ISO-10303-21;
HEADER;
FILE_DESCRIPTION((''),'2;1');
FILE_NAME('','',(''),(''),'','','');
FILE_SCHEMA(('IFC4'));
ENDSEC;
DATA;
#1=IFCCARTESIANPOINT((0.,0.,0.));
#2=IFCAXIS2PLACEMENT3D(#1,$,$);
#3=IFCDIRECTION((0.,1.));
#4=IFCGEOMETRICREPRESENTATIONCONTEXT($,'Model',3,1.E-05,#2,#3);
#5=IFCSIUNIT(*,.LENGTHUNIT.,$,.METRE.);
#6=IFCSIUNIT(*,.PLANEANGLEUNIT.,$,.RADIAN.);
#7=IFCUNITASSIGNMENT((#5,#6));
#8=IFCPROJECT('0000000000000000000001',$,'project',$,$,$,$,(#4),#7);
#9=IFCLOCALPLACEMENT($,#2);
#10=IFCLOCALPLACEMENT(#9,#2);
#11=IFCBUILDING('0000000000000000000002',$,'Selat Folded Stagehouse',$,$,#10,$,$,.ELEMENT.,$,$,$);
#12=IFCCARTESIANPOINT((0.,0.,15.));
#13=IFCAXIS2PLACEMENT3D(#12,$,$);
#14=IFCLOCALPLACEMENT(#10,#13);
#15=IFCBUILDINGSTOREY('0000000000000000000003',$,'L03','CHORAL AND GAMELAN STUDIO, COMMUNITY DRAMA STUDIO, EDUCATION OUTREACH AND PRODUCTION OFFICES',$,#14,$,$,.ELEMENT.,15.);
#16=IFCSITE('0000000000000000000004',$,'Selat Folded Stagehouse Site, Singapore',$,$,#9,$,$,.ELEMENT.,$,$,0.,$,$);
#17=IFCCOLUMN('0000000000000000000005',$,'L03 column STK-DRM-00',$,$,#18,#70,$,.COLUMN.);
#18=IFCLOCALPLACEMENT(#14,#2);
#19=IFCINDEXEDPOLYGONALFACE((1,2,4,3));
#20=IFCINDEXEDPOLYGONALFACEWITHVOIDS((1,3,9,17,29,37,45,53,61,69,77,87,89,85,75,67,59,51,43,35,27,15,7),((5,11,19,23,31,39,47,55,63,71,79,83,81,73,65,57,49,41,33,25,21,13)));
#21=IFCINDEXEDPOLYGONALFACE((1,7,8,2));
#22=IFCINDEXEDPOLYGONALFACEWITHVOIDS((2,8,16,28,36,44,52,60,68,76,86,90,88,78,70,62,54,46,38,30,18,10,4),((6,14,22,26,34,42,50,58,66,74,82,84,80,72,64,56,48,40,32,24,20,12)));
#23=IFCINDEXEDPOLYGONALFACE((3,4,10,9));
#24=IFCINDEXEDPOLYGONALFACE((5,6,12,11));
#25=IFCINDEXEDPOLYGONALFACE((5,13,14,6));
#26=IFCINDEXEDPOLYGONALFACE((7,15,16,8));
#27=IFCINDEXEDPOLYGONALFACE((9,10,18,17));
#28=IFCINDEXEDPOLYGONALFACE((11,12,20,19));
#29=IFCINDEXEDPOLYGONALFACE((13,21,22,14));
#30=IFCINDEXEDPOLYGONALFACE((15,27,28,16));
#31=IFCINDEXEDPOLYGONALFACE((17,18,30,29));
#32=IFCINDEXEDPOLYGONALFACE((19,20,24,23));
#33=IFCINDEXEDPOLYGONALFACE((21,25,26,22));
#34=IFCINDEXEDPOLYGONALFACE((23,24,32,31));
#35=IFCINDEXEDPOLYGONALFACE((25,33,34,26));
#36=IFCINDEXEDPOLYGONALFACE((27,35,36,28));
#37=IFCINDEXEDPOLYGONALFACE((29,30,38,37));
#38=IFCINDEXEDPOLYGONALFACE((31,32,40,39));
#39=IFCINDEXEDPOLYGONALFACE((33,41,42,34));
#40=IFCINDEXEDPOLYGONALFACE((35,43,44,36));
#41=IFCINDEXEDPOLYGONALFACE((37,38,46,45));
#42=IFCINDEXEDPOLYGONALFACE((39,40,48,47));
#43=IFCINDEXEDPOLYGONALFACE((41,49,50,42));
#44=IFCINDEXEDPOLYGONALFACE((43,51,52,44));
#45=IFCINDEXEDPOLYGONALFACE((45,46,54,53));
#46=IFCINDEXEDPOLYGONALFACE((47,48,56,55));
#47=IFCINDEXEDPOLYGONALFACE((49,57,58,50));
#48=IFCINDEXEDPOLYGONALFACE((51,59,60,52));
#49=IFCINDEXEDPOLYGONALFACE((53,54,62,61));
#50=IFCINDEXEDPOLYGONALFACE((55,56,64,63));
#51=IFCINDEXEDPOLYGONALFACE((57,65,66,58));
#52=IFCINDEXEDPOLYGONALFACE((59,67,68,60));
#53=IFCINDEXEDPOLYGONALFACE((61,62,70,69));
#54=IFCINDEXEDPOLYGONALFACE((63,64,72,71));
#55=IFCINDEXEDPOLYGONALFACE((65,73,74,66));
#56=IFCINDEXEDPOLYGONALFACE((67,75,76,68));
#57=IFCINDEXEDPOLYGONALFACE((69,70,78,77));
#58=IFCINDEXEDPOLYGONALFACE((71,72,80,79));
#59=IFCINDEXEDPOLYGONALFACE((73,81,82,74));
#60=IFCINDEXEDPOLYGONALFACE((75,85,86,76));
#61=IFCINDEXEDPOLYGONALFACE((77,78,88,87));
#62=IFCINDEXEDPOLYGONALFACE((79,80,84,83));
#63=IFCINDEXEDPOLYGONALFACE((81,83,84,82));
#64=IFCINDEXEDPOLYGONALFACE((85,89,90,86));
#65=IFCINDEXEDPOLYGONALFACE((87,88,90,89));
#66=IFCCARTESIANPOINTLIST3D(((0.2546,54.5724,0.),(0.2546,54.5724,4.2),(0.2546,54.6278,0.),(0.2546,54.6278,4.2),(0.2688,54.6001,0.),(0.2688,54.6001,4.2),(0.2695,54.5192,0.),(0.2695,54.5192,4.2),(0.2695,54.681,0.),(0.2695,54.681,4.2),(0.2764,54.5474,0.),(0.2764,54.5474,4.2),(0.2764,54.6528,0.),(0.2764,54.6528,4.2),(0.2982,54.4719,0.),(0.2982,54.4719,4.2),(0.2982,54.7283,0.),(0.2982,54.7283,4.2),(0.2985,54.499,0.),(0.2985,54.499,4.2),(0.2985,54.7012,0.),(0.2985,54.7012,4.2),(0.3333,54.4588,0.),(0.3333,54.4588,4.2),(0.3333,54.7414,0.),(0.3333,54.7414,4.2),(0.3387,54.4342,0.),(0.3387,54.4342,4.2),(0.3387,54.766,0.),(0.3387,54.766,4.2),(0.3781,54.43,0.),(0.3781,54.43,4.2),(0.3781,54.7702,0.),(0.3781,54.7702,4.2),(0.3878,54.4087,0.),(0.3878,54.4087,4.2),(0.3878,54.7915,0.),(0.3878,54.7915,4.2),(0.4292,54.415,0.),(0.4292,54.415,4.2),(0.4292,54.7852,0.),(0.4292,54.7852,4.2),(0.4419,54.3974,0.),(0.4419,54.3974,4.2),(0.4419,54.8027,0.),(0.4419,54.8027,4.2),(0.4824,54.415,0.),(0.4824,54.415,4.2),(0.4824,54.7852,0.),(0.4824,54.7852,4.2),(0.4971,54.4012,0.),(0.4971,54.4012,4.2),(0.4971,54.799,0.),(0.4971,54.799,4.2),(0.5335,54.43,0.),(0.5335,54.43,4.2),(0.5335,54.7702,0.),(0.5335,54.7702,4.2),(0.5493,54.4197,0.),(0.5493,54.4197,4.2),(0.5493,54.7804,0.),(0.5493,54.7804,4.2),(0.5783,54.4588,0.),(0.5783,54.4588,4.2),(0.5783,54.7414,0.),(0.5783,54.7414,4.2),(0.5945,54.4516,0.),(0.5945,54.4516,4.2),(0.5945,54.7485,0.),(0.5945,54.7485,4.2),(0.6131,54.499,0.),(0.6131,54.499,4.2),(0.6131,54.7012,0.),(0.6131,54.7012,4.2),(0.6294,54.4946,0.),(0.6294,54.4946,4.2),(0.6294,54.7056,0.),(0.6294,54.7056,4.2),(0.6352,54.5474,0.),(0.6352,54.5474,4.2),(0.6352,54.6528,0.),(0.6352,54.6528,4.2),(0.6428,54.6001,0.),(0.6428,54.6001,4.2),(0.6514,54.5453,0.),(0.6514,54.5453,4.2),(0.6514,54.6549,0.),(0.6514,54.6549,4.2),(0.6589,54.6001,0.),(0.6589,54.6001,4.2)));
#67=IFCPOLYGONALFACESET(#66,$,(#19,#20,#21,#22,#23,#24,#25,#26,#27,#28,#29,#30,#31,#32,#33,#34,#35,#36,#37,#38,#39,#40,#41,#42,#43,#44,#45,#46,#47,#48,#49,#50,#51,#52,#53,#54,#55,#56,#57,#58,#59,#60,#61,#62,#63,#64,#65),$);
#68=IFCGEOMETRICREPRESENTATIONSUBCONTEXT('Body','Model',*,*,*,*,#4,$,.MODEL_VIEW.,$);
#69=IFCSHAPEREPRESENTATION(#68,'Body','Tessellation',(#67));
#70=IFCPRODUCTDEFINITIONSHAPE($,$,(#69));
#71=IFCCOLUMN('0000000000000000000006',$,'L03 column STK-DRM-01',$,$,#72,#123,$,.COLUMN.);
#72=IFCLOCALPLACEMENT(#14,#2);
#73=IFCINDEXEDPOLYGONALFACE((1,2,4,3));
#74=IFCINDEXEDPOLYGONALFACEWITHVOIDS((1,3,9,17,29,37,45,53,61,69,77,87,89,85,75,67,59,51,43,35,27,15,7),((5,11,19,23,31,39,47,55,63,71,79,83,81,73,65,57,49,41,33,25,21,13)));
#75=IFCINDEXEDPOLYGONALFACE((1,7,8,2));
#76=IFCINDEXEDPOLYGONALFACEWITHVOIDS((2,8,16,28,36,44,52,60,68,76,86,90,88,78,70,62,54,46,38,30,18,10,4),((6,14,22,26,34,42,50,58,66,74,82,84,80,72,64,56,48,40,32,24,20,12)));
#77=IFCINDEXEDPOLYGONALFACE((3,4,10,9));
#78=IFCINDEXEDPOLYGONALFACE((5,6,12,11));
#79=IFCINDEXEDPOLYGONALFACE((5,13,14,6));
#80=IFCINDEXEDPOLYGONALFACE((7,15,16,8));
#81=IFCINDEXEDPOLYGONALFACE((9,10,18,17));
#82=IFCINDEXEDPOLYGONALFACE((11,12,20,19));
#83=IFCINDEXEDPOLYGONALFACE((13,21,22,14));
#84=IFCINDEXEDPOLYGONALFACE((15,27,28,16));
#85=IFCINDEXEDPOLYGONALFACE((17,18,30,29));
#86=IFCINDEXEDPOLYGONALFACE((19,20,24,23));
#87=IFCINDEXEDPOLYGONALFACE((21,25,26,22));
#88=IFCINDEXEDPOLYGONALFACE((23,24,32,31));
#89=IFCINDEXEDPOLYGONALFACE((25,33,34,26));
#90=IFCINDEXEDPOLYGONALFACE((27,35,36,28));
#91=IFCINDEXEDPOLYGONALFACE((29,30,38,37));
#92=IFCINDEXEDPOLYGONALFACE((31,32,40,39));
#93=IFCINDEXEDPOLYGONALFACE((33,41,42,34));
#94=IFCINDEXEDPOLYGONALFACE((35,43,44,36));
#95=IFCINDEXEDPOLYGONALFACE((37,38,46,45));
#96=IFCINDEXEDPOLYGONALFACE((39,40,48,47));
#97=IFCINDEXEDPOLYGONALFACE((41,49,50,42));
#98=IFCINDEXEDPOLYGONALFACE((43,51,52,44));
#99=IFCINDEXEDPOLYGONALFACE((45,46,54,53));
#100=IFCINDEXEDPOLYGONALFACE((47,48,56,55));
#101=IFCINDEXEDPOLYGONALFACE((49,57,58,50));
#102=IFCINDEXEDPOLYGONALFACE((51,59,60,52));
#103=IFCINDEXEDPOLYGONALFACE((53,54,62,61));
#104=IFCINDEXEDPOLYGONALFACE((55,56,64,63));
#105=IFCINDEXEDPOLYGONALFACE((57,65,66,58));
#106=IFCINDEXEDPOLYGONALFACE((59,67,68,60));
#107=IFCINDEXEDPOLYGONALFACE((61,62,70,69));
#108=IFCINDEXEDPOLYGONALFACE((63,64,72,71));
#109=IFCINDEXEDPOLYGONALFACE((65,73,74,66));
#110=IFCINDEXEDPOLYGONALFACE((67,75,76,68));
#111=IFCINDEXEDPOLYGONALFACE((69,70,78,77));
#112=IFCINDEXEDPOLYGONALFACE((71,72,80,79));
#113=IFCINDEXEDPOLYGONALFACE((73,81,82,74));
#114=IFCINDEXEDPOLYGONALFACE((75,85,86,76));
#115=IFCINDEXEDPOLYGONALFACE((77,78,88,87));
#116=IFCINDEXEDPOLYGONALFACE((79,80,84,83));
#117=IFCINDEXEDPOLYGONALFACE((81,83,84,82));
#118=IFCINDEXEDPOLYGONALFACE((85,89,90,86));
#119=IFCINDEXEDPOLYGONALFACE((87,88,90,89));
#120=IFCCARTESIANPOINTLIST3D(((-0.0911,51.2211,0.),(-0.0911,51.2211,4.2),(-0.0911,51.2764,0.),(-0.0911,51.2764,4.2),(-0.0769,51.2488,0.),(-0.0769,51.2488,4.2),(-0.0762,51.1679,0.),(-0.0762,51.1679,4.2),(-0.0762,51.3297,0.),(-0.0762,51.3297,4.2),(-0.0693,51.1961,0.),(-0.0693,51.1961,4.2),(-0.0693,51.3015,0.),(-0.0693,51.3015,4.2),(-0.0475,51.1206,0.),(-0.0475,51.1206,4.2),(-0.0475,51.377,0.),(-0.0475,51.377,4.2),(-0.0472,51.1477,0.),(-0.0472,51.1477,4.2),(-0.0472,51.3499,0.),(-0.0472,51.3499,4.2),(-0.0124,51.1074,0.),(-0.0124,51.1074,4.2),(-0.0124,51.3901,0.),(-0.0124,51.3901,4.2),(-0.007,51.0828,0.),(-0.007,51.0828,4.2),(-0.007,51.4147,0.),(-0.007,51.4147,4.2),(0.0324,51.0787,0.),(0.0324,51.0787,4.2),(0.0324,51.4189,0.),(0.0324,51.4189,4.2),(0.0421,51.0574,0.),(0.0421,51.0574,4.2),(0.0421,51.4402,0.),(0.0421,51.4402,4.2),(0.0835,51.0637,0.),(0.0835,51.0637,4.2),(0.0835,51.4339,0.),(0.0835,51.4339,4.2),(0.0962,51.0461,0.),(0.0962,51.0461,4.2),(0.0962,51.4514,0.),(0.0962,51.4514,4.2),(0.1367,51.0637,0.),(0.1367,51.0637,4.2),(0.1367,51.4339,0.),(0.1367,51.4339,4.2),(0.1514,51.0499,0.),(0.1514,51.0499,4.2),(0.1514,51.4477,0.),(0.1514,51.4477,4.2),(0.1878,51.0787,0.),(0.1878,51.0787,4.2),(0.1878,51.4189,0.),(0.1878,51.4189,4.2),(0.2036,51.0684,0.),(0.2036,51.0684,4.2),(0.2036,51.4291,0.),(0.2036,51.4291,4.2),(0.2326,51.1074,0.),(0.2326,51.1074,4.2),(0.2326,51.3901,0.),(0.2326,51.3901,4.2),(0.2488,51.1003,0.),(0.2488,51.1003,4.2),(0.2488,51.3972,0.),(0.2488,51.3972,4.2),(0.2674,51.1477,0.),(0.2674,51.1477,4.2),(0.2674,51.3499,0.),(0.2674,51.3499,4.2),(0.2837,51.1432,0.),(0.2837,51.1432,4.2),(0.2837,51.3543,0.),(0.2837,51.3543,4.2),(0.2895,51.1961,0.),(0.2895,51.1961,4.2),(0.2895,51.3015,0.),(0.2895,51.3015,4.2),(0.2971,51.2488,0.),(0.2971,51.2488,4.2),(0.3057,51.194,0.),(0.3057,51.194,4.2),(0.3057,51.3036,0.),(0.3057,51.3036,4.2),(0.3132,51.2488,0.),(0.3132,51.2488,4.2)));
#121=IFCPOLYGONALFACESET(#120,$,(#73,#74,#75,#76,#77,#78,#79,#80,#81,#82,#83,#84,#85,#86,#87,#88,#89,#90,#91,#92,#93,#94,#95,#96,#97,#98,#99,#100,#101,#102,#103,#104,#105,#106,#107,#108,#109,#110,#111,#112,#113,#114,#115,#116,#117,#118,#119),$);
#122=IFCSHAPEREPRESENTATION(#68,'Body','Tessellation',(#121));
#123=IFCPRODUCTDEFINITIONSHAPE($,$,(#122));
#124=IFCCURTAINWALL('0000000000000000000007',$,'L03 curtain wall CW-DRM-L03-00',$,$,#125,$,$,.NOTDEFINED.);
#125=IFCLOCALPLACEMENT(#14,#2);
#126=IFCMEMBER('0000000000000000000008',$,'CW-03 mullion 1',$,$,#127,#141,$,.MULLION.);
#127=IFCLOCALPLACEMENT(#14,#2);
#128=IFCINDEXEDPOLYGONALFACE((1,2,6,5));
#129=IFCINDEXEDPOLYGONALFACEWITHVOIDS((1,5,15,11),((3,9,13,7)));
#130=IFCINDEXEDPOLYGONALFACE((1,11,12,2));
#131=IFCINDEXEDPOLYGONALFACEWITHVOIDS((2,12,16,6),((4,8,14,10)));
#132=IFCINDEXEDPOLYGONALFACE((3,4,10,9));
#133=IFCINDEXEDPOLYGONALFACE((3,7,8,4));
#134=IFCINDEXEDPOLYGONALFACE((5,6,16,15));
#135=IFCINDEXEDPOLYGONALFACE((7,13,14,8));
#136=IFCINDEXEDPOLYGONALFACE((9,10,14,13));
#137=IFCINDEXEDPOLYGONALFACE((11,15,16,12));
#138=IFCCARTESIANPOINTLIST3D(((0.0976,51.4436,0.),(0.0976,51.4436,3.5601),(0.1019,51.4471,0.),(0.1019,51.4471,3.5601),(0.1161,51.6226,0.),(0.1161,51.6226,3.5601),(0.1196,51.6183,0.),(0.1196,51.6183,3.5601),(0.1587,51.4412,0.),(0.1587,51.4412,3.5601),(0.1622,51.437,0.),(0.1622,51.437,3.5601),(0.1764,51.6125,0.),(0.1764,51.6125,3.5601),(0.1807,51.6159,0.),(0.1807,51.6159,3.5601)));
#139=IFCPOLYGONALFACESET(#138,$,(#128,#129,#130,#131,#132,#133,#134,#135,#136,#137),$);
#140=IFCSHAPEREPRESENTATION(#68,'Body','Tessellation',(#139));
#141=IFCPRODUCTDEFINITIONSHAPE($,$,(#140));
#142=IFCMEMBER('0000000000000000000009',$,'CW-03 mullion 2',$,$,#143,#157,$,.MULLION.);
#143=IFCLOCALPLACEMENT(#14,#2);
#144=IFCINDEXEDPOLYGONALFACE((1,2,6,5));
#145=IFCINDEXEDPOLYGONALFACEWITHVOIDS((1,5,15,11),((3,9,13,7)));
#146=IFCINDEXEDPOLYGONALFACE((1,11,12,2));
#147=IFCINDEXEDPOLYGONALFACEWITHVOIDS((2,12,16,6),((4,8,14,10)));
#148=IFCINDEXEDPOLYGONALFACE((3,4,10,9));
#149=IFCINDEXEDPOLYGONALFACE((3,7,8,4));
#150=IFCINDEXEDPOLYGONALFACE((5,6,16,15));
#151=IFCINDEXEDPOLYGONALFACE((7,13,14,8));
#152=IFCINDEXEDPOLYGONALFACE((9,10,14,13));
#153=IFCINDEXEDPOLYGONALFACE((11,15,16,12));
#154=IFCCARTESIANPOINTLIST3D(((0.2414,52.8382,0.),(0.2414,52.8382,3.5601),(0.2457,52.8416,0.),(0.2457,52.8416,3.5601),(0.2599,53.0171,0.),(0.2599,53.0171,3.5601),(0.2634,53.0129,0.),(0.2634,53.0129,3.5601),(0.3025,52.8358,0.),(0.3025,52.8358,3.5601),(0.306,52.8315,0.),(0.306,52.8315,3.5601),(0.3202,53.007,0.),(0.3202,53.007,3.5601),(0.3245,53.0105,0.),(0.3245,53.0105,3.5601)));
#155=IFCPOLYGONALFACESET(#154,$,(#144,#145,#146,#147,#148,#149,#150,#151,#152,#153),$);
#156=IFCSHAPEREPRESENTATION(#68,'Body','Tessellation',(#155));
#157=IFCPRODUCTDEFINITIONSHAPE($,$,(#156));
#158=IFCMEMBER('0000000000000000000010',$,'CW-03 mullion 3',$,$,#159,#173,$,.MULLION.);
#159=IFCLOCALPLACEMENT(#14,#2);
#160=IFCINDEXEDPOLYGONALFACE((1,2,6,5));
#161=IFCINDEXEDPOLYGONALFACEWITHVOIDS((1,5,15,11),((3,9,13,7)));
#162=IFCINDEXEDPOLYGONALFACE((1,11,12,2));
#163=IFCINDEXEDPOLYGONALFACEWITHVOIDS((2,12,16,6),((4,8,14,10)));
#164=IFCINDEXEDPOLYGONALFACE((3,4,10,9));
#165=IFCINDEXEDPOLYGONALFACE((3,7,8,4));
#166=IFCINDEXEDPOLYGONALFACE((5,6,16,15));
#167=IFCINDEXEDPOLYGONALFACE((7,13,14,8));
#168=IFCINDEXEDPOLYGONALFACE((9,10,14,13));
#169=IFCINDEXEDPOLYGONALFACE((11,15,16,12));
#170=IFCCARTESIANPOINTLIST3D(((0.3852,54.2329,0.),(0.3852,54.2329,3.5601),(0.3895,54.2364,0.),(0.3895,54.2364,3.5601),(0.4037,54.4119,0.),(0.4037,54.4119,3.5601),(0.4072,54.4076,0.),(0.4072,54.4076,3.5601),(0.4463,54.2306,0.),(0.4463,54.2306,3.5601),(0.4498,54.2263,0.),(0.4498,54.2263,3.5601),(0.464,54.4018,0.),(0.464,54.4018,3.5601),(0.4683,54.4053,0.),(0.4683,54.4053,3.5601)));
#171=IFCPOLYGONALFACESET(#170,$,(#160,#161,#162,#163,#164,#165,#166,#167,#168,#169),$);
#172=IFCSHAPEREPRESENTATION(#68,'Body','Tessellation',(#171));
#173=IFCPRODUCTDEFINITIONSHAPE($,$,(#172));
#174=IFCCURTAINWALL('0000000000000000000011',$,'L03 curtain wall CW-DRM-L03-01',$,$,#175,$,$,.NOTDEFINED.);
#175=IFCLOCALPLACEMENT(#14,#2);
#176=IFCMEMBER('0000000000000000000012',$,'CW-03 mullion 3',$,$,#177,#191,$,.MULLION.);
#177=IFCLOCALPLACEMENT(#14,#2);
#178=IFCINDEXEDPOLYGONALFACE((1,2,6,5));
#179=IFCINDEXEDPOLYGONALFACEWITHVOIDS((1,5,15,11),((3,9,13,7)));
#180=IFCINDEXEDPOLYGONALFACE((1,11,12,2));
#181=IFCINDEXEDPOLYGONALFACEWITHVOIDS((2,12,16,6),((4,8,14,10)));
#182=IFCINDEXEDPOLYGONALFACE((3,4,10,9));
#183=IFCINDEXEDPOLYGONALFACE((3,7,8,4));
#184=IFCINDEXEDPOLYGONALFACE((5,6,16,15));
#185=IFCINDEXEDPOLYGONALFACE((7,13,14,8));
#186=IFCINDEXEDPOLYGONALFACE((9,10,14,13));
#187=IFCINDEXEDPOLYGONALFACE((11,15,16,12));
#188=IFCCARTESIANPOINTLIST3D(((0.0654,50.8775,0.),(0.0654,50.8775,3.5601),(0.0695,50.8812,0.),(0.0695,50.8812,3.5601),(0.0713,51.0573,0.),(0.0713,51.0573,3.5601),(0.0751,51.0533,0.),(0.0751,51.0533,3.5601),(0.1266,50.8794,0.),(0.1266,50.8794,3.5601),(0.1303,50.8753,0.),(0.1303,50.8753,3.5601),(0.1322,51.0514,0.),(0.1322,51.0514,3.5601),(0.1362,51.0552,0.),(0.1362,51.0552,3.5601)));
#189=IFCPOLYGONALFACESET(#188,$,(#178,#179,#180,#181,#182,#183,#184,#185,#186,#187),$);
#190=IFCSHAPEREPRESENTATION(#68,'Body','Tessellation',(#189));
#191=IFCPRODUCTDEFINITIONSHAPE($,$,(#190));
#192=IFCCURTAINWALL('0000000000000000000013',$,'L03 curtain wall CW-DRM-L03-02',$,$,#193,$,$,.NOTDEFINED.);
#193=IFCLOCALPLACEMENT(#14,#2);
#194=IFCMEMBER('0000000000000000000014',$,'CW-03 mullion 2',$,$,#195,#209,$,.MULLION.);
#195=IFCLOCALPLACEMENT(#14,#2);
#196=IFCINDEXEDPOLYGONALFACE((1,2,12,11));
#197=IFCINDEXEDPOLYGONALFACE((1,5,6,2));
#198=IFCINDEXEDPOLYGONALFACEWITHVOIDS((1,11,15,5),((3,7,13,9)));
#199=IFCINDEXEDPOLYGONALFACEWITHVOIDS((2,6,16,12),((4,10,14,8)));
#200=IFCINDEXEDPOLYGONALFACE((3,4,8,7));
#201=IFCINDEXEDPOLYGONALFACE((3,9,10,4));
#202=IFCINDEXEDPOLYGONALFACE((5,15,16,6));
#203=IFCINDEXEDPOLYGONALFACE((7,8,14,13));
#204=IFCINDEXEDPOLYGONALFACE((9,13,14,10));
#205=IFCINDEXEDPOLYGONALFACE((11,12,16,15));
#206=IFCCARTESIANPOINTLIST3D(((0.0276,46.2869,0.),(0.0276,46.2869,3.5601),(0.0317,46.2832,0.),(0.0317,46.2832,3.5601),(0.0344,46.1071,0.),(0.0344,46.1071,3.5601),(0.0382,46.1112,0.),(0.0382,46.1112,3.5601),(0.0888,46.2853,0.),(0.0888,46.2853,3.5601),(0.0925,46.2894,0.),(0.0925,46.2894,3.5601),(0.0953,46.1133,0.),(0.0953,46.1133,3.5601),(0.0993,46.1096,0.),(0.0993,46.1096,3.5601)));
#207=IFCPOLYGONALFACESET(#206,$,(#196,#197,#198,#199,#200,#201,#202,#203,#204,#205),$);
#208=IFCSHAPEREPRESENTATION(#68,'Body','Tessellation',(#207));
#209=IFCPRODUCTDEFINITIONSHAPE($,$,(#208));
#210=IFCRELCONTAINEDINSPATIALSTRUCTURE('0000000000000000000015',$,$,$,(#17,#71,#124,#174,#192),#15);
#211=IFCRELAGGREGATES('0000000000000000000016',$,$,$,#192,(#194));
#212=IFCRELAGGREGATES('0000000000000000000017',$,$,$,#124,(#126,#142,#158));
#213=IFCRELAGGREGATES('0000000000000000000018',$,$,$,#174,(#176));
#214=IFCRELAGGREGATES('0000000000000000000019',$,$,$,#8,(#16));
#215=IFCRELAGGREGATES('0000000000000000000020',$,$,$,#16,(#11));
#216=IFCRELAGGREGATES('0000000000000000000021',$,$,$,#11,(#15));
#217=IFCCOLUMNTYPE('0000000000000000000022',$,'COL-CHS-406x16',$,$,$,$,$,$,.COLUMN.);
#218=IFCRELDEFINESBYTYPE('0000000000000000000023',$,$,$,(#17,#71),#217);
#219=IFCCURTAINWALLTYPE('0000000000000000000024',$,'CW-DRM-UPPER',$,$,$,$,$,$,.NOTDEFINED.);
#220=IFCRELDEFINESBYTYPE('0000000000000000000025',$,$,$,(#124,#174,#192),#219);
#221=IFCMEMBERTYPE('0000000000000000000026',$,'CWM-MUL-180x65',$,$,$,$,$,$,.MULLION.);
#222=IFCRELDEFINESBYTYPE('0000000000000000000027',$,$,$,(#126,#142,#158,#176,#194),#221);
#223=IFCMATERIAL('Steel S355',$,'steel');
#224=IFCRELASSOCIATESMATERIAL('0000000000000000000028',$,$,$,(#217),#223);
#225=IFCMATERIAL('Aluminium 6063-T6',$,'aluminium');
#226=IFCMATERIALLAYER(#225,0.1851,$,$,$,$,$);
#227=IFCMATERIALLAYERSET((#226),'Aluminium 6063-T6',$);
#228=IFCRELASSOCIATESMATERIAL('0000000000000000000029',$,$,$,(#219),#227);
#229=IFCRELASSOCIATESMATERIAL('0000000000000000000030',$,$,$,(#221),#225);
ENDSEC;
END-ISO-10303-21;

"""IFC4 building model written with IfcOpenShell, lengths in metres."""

from ifc_helpers import new_model, si_unit, direction, frame, origin, origin_2d, place, context, subcontext, project, spatial, hollow_rectangle, hollow_circle, extrude, material, layer, layer_set, material_profile, profile_set, type_object, element, aggregate, save


model = new_model("IFC4")

# Units and contexts
model_context = context("Model", 3, precision=1e-05, world=origin(), true_north=direction((0.0, 1.0)))
body_context = subcontext(model_context, "Body", "Model", "MODEL_VIEW")
ifc_project = project(units=[si_unit("LENGTHUNIT", "METRE"), si_unit("PLANEANGLEUNIT", "RADIAN")], contexts=[model_context])

# Site, building, storey
site_placement = place(None, origin())
site = spatial("IfcSite", under=ifc_project, at=site_placement, Name="Selat Folded Stagehouse Site, Singapore", CompositionType="ELEMENT", RefElevation=0.0)
building_placement = place(site_placement, origin())
building = spatial("IfcBuilding", under=site, at=building_placement, Name="Selat Folded Stagehouse", CompositionType="ELEMENT")
storey_placement = place(building_placement, frame((0.0, 0.0, 15.0)))
storey = spatial("IfcBuildingStorey", under=building, at=storey_placement, Name="L03", Description="CHORAL AND GAMELAN STUDIO, COMMUNITY DRAMA STUDIO, EDUCATION OUTREACH AND PRODUCTION OFFICES", CompositionType="ELEMENT", Elevation=15.0)

# Columns
ifc_material_1 = material(Name="Steel S355", Category="steel")
ifc_material_profile_1 = material_profile(ifc_material_1, hollow_circle(Radius=0.2031, WallThickness=0.0161, at=origin_2d()), Name="CHS 406.4x16.0")
ifc_profile_set_1 = profile_set([ifc_material_profile_1], Name="Steel S355")
column_type = type_object("IfcColumnType", Name="COL-CHS-406x16", PredefinedType="COLUMN", material=ifc_profile_set_1)
for number, where, z_axis, x_axis, name in (
    (1, (0.4558, 54.6001, 0.0), (0.0, 0.0, 1.0), (1.0, 0.0, 0.0), "L03 column STK-DRM-00"),
    (2, (0.1101, 51.2488, 0.0), (0.0, 0.0, 1.0), (1.0, 0.0, 0.0), "L03 column STK-DRM-01"),
):
    element("IfcColumn", number, at=place(storey_placement, frame(where, z_axis=z_axis, x_axis=x_axis)), inside=storey, type_object=column_type, Name=name, PredefinedType="COLUMN", context=body_context, shape_type="SweptSolid", body=[
        extrude(hollow_circle(Radius=0.2031, WallThickness=0.0161, at=origin_2d()), origin(), (0.0, 0.0, 1.0), 4.2),
    ])

# Curtain wall, members
ifc_material_2 = material(Name="Aluminium 6063-T6", Category="aluminium")
ifc_layer_1 = layer(ifc_material_2, 0.1851)
ifc_layer_set_1 = layer_set([ifc_layer_1], Name="Aluminium 6063-T6")
curtain_wall_type = type_object("IfcCurtainWallType", Name="CW-DRM-UPPER", PredefinedType="NOTDEFINED", material=ifc_layer_set_1)
curtain_wall_1_placement = place(storey_placement, origin())
curtain_wall_1 = element("IfcCurtainWall", 3, at=curtain_wall_1_placement, inside=storey, type_object=curtain_wall_type, Name="L03 curtain wall CW-DRM-L03-00", PredefinedType="NOTDEFINED")
ifc_material_profile_2 = material_profile(ifc_material_2, hollow_rectangle(XDim=0.0649, YDim=0.1799, WallThickness=0.0039, at=origin_2d()), Name="ALU 180x65x4.0")
ifc_profile_set_2 = profile_set([ifc_material_profile_2], Name="Aluminium 6063-T6")
member_type_1 = type_object("IfcMemberType", Name="CWM-MUL-180x65", PredefinedType="MULLION", material=ifc_profile_set_2)
member_1_placement = place(storey_placement, frame((0.1392, 51.5298, 0.0), z_axis=(0.0, 0.0, 1.0), x_axis=(-0.994721, 0.102616, 0.0)))
member_1 = element("IfcMember", 4, at=member_1_placement, type_object=member_type_1, Name="CW-03 mullion 1", PredefinedType="MULLION", context=body_context, shape_type="SweptSolid", body=[
    extrude(hollow_rectangle(XDim=0.0649, YDim=0.1799, WallThickness=0.0039, at=origin_2d()), origin(), (0.0, 0.0, 1.0), 3.5601),
])
member_2_placement = place(storey_placement, frame((0.283, 52.9243, 0.0), z_axis=(0.0, 0.0, 1.0), x_axis=(-0.994721, 0.102616, 0.0)))
member_2 = element("IfcMember", 5, at=member_2_placement, type_object=member_type_1, Name="CW-03 mullion 2", PredefinedType="MULLION", context=body_context, shape_type="SweptSolid", body=[
    extrude(hollow_rectangle(XDim=0.0649, YDim=0.1799, WallThickness=0.0039, at=origin_2d()), origin(), (0.0, 0.0, 1.0), 3.5601),
])
member_3_placement = place(storey_placement, frame((0.4268, 54.3191, 0.0), z_axis=(0.0, 0.0, 1.0), x_axis=(-0.994721, 0.102616, 0.0)))
member_3 = element("IfcMember", 6, at=member_3_placement, type_object=member_type_1, Name="CW-03 mullion 3", PredefinedType="MULLION", context=body_context, shape_type="SweptSolid", body=[
    extrude(hollow_rectangle(XDim=0.0649, YDim=0.1799, WallThickness=0.0039, at=origin_2d()), origin(), (0.0, 0.0, 1.0), 3.5601),
])

# Curtain walls, members
curtain_wall_2_placement = place(storey_placement, origin())
curtain_wall_2 = element("IfcCurtainWall", 7, at=curtain_wall_2_placement, inside=storey, type_object=curtain_wall_type, Name="L03 curtain wall CW-DRM-L03-01", PredefinedType="NOTDEFINED")
member_4_placement = place(storey_placement, frame((0.1008, 50.9663, 0.0), z_axis=(0.0, 0.0, 1.0), x_axis=(-0.999468, 0.032625, 0.0)))
member_4 = element("IfcMember", 8, at=member_4_placement, type_object=member_type_1, Name="CW-03 mullion 3", PredefinedType="MULLION", context=body_context, shape_type="SweptSolid", body=[
    extrude(hollow_rectangle(XDim=0.0649, YDim=0.1799, WallThickness=0.0039, at=origin_2d()), origin(), (0.0, 0.0, 1.0), 3.5601),
])
curtain_wall_3_placement = place(storey_placement, origin())
curtain_wall_3 = element("IfcCurtainWall", 9, at=curtain_wall_3_placement, inside=storey, type_object=curtain_wall_type, Name="L03 curtain wall CW-DRM-L03-02", PredefinedType="NOTDEFINED")
member_5_placement = place(storey_placement, frame((0.0635, 46.1982, 0.0), z_axis=(0.0, 0.0, 1.0), x_axis=(-0.999294, -0.037574, 0.0)))
member_5 = element("IfcMember", 10, at=member_5_placement, type_object=member_type_1, Name="CW-03 mullion 2", PredefinedType="MULLION", context=body_context, shape_type="SweptSolid", body=[
    extrude(hollow_rectangle(XDim=0.0649, YDim=0.1799, WallThickness=0.0039, at=origin_2d()), origin(), (0.0, 0.0, 1.0), 3.5601),
])

aggregate(curtain_wall_3, [member_5])

aggregate(curtain_wall_1, [member_1, member_2, member_3])
aggregate(curtain_wall_2, [member_4])

save(model, "model.ifc")
